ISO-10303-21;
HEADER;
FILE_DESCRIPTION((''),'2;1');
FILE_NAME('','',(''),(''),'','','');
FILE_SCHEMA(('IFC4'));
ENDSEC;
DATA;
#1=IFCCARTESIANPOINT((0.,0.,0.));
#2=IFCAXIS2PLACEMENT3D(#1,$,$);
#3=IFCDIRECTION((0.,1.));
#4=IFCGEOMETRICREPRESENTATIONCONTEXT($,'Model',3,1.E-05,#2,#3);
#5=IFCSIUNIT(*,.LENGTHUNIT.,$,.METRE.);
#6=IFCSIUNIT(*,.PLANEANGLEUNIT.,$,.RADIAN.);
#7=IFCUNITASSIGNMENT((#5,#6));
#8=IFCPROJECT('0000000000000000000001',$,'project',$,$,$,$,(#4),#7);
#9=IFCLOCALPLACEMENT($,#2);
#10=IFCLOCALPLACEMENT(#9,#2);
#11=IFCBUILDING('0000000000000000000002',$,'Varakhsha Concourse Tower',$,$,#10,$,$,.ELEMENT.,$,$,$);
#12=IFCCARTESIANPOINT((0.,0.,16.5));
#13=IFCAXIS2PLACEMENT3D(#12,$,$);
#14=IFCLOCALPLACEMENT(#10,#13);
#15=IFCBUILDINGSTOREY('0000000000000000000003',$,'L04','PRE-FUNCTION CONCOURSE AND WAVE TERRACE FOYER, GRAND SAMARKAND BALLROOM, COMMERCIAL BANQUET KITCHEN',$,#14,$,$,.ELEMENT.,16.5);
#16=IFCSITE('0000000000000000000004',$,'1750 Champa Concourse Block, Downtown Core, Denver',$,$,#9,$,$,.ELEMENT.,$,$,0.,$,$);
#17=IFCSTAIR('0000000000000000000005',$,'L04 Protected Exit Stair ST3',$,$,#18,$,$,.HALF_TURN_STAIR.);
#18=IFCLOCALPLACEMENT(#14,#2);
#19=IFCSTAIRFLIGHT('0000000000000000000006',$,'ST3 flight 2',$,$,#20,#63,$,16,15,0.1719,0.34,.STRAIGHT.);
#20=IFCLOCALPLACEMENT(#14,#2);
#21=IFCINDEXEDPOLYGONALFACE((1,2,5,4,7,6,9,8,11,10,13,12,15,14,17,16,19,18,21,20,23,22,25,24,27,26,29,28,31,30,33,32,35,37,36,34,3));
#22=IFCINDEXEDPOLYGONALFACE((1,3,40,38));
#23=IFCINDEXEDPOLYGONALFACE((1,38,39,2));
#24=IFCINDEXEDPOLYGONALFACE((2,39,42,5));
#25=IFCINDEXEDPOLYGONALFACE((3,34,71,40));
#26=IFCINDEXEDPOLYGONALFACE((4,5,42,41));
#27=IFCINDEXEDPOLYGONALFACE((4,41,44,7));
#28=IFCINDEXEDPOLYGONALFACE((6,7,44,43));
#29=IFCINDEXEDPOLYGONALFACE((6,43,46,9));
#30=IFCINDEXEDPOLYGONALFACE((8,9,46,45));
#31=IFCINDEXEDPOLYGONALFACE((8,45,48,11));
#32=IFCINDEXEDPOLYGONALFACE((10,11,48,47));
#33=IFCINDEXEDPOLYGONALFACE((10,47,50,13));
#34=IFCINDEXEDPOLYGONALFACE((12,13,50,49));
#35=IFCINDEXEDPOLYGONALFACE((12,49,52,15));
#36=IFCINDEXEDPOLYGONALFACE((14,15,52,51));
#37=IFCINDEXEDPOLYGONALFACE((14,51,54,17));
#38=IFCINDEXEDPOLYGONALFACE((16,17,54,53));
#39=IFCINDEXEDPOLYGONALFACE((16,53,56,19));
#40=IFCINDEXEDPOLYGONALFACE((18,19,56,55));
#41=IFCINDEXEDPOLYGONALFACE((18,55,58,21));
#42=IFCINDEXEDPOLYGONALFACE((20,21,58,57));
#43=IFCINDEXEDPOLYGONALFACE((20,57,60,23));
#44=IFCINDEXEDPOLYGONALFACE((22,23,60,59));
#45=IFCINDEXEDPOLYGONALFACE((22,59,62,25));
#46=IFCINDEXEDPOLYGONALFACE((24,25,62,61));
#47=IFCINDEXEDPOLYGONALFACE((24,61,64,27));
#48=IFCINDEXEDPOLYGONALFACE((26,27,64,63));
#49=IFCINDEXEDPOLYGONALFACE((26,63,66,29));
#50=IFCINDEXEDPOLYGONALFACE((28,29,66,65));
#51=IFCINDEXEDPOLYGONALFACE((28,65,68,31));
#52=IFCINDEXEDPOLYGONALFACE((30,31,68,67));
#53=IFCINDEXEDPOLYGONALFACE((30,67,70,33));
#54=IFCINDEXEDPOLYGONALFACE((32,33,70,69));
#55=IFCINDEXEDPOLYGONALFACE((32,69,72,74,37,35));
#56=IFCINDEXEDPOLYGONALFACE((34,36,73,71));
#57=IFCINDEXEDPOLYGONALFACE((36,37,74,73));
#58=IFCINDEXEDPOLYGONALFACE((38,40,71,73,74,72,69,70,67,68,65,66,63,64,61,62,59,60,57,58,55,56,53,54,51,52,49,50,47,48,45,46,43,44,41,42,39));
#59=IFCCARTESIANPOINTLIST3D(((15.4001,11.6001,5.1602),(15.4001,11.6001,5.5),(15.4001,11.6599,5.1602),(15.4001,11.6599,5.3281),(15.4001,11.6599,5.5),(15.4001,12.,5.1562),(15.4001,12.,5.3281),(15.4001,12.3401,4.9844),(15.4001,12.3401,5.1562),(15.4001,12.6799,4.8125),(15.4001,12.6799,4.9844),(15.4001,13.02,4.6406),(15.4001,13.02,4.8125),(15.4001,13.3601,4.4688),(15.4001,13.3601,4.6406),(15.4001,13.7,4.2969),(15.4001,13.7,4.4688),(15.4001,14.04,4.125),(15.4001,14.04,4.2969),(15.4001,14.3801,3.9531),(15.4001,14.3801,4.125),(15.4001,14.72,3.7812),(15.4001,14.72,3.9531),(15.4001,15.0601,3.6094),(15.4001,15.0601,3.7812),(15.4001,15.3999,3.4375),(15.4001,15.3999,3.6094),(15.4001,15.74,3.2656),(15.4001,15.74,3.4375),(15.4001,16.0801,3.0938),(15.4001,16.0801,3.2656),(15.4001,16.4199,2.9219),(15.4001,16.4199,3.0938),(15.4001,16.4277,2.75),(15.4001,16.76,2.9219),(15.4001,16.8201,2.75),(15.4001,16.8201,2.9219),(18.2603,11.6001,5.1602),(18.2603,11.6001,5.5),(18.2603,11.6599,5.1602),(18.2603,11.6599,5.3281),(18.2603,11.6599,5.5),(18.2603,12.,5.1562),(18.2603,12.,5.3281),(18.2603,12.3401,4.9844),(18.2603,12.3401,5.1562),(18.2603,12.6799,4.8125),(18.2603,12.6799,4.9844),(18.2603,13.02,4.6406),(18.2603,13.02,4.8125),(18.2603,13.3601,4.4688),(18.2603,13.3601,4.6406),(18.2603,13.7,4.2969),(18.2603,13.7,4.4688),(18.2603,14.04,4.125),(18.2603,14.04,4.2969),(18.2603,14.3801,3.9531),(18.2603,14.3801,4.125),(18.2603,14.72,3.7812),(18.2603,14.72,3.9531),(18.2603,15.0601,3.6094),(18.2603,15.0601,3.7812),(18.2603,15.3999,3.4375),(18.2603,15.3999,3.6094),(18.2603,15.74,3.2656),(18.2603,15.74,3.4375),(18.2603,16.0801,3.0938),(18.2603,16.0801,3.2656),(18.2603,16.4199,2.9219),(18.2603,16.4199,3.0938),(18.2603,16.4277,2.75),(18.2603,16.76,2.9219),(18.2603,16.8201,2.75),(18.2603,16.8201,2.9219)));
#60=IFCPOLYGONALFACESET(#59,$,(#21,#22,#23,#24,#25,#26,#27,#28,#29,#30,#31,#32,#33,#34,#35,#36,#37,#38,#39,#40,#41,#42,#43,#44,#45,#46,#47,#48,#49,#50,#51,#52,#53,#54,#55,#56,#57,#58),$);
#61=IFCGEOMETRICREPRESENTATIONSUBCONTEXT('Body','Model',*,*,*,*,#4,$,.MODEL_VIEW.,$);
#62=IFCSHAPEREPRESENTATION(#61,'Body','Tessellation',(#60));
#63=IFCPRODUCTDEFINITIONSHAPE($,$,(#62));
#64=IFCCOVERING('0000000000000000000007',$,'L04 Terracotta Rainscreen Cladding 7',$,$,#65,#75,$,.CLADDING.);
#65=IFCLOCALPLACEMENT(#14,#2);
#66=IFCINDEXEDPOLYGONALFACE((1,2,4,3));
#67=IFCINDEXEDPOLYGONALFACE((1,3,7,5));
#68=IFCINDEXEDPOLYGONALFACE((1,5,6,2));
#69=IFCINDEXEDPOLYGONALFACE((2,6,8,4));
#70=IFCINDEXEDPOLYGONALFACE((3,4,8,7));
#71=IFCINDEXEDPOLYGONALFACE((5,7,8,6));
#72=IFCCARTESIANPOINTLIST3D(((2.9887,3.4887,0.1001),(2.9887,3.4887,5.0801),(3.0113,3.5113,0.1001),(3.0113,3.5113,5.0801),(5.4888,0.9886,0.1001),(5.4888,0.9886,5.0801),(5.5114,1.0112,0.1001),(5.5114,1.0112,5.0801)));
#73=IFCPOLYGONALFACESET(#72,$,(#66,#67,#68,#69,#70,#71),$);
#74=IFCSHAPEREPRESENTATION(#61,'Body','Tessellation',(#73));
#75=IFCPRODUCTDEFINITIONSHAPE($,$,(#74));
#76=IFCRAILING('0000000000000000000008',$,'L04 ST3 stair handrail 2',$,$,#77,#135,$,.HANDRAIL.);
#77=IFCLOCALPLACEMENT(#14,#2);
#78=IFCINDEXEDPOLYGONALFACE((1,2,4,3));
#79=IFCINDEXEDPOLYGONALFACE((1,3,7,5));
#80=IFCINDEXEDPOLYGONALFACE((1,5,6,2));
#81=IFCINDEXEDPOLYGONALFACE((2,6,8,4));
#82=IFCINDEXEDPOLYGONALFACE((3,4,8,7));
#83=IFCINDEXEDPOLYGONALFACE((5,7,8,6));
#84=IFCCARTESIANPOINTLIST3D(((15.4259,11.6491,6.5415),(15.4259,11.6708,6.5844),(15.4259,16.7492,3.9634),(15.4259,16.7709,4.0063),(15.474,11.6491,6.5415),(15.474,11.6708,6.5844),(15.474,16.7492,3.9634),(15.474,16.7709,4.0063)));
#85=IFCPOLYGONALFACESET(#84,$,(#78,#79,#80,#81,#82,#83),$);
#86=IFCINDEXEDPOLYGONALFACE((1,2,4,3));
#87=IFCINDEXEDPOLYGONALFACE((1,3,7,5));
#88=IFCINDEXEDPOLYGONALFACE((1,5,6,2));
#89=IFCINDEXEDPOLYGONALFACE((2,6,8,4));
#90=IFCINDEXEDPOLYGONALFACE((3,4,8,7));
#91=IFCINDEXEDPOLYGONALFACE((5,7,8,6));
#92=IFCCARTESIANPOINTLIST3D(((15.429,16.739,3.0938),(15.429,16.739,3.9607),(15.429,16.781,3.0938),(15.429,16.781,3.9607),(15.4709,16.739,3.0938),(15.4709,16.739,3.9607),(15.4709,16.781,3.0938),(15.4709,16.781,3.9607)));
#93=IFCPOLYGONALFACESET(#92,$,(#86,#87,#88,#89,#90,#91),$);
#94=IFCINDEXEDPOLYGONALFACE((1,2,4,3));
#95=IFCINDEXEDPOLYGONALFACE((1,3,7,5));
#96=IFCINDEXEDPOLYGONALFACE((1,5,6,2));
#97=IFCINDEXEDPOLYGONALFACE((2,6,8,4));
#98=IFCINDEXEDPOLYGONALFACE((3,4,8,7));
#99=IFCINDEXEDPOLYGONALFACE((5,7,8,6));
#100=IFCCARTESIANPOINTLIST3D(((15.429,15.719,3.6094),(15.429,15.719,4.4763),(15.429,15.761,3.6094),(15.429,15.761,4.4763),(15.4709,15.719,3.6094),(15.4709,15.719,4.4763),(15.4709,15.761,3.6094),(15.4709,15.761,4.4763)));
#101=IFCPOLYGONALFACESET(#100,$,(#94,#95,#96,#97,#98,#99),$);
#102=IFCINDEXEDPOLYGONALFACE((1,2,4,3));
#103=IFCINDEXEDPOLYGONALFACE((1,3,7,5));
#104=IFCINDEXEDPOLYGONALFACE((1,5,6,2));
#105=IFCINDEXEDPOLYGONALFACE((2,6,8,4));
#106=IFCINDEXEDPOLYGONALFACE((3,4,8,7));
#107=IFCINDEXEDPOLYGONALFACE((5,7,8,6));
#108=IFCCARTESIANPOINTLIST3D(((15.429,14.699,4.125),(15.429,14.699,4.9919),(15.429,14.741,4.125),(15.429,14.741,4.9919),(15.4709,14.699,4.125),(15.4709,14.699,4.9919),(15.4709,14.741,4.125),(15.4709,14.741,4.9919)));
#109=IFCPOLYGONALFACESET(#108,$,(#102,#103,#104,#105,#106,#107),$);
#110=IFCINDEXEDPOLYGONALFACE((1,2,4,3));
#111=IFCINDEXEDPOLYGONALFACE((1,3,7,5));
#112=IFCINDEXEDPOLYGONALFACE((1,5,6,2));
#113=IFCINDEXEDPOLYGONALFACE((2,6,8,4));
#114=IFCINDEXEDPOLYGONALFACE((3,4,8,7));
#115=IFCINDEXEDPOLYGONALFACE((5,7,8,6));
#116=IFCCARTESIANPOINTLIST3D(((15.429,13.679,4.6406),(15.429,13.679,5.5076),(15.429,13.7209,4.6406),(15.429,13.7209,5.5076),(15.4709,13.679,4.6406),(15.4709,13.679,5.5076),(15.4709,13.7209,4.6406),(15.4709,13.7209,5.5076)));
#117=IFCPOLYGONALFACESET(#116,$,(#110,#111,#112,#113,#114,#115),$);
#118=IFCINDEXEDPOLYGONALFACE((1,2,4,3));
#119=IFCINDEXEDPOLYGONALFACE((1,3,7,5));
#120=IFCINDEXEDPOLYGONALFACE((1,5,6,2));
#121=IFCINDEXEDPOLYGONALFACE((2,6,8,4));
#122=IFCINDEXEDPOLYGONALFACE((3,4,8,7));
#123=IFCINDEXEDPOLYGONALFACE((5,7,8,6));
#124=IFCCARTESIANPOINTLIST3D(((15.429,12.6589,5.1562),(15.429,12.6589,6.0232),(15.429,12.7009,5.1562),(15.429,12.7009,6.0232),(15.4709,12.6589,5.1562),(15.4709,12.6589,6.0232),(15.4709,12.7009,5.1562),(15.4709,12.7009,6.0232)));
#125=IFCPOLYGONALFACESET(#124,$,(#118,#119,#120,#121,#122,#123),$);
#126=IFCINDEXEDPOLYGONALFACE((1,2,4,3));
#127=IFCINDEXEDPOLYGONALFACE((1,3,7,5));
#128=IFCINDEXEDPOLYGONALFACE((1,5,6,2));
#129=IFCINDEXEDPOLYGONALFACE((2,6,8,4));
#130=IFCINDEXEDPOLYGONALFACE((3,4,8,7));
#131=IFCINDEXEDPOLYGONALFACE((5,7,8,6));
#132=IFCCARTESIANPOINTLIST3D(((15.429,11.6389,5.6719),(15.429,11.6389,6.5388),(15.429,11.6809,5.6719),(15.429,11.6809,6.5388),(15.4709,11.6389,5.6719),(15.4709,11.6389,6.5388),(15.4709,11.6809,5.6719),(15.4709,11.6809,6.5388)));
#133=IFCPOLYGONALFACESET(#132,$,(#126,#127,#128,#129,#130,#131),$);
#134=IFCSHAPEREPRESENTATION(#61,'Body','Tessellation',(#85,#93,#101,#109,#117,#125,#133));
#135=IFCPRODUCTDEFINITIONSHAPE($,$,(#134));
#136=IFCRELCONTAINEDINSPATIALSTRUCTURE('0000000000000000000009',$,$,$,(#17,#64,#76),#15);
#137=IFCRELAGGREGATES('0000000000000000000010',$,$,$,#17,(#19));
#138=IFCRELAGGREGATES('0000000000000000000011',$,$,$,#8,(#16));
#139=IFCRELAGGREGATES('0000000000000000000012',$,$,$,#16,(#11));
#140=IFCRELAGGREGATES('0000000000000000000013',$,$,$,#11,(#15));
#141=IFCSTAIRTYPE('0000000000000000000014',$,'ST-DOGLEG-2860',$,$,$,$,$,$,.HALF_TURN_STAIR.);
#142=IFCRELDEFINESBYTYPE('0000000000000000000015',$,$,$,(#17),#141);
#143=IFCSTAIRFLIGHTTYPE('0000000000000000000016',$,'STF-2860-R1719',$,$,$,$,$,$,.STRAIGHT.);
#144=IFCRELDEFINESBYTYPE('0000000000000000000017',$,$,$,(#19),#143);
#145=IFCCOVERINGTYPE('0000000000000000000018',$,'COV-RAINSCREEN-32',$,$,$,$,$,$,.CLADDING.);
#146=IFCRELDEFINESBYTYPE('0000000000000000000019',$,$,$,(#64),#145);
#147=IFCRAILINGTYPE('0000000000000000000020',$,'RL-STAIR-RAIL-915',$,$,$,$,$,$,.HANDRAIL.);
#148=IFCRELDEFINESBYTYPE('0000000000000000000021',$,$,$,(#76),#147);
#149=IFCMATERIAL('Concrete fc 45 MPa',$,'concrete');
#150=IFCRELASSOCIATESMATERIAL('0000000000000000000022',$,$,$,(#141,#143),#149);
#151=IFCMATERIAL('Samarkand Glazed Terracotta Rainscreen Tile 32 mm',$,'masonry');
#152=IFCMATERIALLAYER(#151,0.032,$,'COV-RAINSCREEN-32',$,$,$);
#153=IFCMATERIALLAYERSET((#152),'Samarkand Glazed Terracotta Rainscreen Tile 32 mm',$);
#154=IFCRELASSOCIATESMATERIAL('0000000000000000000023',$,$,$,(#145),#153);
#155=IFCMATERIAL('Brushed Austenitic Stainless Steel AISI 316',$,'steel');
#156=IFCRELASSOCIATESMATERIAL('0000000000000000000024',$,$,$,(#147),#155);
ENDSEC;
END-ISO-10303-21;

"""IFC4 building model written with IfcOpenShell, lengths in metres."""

from ifc_helpers import new_model, si_unit, direction, frame, frame_2d, origin, origin_2d, place, context, subcontext, project, spatial, polyline, rectangle, outline, extrude, material, layer, layer_set, type_object, element, aggregate, save


model = new_model("IFC4")

# Units and contexts
model_context = context("Model", 3, precision=1e-05, world=origin(), true_north=direction((0.0, 1.0)))
body_context = subcontext(model_context, "Body", "Model", "MODEL_VIEW")
ifc_project = project(units=[si_unit("LENGTHUNIT", "METRE"), si_unit("PLANEANGLEUNIT", "RADIAN")], contexts=[model_context])

# Site, building, storey
site_placement = place(None, origin())
site = spatial("IfcSite", under=ifc_project, at=site_placement, Name="1750 Champa Concourse Block, Downtown Core, Denver", CompositionType="ELEMENT", RefElevation=0.0)
building_placement = place(site_placement, origin())
building = spatial("IfcBuilding", under=site, at=building_placement, Name="Varakhsha Concourse Tower", CompositionType="ELEMENT")
storey_placement = place(building_placement, frame((0.0, 0.0, 16.5)))
storey = spatial("IfcBuildingStorey", under=building, at=storey_placement, Name="L04", Description="PRE-FUNCTION CONCOURSE AND WAVE TERRACE FOYER, GRAND SAMARKAND BALLROOM, COMMERCIAL BANQUET KITCHEN", CompositionType="ELEMENT", Elevation=16.5)

# Shared definitions
ifc_material_1 = material(Name="Concrete fc 45 MPa", Category="concrete")

# Stair, stair flight
stair_type = type_object("IfcStairType", Name="ST-DOGLEG-2860", PredefinedType="HALF_TURN_STAIR", material=ifc_material_1)
stair_placement = place(storey_placement, origin())
stair = element("IfcStair", 1, at=stair_placement, inside=storey, type_object=stair_type, Name="L04 Protected Exit Stair ST3", PredefinedType="HALF_TURN_STAIR")
stair_flight_type = type_object("IfcStairFlightType", Name="STF-2860-R1719", PredefinedType="STRAIGHT", material=ifc_material_1)
stair_flight_placement = place(storey_placement, frame((16.8301, 16.76, 2.75), z_axis=(0.0, 0.0, 1.0), x_axis=(0.0, -1.0, 0.0)))
stair_flight = element("IfcStairFlight", 2, at=stair_flight_placement, type_object=stair_flight_type, Name="ST3 flight 2", NumberOfRisers=16, NumberOfTreads=15, PredefinedType="STRAIGHT", RiserHeight=0.1719, TreadLength=0.34, context=body_context, shape_type="SweptSolid", body=[
    extrude(outline(polyline([(-0.0601, 0.0), (-0.0601, 0.1719), (0.0, 0.1719), (0.3401, 0.1719), (0.3401, 0.3438), (0.6799, 0.3438), (0.6799, 0.5156), (1.02, 0.5156), (1.02, 0.6875), (1.3601, 0.6875), (1.3601, 0.8594), (1.7, 0.8594), (1.7, 1.0312), (2.04, 1.0312), (2.04, 1.2031), (2.3799, 1.2031), (2.3799, 1.375), (2.72, 1.375), (2.72, 1.5469), (3.0601, 1.5469), (3.0601, 1.7188), (3.3999, 1.7188), (3.3999, 1.8906), (3.74, 1.8906), (3.74, 2.0625), (4.0801, 2.0625), (4.0801, 2.2344), (4.4199, 2.2344), (4.4199, 2.4062), (4.76, 2.4062), (4.76, 2.5781), (5.1001, 2.5781), (5.1001, 2.75), (5.1599, 2.75), (5.1599, 2.4102), (5.1001, 2.4102), (0.3323, 0.0), (-0.0601, 0.0)])), frame((0.0, 1.4302, 0.0), z_axis=(0.0, -1.0, 0.0), x_axis=(1.0, 0.0, 0.0)), (0.0, 0.0, 1.0), 2.8601),
])
aggregate(stair, [stair_flight])

# Covering
ifc_material_2 = material(Name="Samarkand Glazed Terracotta Rainscreen Tile 32 mm", Category="masonry")
ifc_layer_1 = layer(ifc_material_2, 0.032, Name="COV-RAINSCREEN-32")
ifc_layer_set_1 = layer_set([ifc_layer_1], Name="Samarkand Glazed Terracotta Rainscreen Tile 32 mm")
covering_type = type_object("IfcCoveringType", Name="COV-RAINSCREEN-32", PredefinedType="CLADDING", material=ifc_layer_set_1)
covering_placement = place(storey_placement, frame((3.0, 3.5, 0.1001), z_axis=(0.0, 0.0, 1.0), x_axis=(0.707107, -0.707107, 0.0)))
element("IfcCovering", 3, at=covering_placement, inside=storey, type_object=covering_type, Name="L04 Terracotta Rainscreen Cladding 7", PredefinedType="CLADDING", context=body_context, shape_type="SweptSolid", body=[
    extrude(rectangle(XDim=3.5356, YDim=0.032, at=frame_2d((1.7678, 0.0))), origin(), (0.0, 0.0, 1.0), 4.98),
])

# Railing
ifc_material_3 = material(Name="Brushed Austenitic Stainless Steel AISI 316", Category="steel")
railing_type = type_object("IfcRailingType", Name="RL-STAIR-RAIL-915", PredefinedType="HANDRAIL", material=ifc_material_3)
railing_placement = place(storey_placement, frame((15.45, 16.76, 3.0938)))
element("IfcRailing", 4, at=railing_placement, inside=storey, type_object=railing_type, Name="L04 ST3 stair handrail 2", PredefinedType="HANDRAIL", context=body_context, shape_type="SweptSolid", body=[
    extrude(rectangle(XDim=0.0481, YDim=0.0481, at=origin_2d()), frame((0.0, 0.0, 0.8911), z_axis=(0.0, -0.892453, 0.45114), x_axis=(1.0, 0.0, 0.0)), (0.0, 0.0, 1.0), 5.7146),
    extrude(rectangle(XDim=0.042, YDim=0.042, at=origin_2d()), origin(), (0.0, 0.0, 1.0), 0.8669),
    extrude(rectangle(XDim=0.042, YDim=0.042, at=origin_2d()), frame((0.0, -1.02, 0.5156)), (0.0, 0.0, 1.0), 0.8669),
    extrude(rectangle(XDim=0.042, YDim=0.042, at=origin_2d()), frame((0.0, -2.04, 1.0312)), (0.0, 0.0, 1.0), 0.8669),
    extrude(rectangle(XDim=0.042, YDim=0.042, at=origin_2d()), frame((0.0, -3.0601, 1.5469)), (0.0, 0.0, 1.0), 0.8669),
    extrude(rectangle(XDim=0.042, YDim=0.042, at=origin_2d()), frame((0.0, -4.0801, 2.0625)), (0.0, 0.0, 1.0), 0.8669),
    extrude(rectangle(XDim=0.042, YDim=0.042, at=origin_2d()), frame((0.0, -5.1001, 2.5781)), (0.0, 0.0, 1.0), 0.8669),
])

save(model, "model.ifc")
